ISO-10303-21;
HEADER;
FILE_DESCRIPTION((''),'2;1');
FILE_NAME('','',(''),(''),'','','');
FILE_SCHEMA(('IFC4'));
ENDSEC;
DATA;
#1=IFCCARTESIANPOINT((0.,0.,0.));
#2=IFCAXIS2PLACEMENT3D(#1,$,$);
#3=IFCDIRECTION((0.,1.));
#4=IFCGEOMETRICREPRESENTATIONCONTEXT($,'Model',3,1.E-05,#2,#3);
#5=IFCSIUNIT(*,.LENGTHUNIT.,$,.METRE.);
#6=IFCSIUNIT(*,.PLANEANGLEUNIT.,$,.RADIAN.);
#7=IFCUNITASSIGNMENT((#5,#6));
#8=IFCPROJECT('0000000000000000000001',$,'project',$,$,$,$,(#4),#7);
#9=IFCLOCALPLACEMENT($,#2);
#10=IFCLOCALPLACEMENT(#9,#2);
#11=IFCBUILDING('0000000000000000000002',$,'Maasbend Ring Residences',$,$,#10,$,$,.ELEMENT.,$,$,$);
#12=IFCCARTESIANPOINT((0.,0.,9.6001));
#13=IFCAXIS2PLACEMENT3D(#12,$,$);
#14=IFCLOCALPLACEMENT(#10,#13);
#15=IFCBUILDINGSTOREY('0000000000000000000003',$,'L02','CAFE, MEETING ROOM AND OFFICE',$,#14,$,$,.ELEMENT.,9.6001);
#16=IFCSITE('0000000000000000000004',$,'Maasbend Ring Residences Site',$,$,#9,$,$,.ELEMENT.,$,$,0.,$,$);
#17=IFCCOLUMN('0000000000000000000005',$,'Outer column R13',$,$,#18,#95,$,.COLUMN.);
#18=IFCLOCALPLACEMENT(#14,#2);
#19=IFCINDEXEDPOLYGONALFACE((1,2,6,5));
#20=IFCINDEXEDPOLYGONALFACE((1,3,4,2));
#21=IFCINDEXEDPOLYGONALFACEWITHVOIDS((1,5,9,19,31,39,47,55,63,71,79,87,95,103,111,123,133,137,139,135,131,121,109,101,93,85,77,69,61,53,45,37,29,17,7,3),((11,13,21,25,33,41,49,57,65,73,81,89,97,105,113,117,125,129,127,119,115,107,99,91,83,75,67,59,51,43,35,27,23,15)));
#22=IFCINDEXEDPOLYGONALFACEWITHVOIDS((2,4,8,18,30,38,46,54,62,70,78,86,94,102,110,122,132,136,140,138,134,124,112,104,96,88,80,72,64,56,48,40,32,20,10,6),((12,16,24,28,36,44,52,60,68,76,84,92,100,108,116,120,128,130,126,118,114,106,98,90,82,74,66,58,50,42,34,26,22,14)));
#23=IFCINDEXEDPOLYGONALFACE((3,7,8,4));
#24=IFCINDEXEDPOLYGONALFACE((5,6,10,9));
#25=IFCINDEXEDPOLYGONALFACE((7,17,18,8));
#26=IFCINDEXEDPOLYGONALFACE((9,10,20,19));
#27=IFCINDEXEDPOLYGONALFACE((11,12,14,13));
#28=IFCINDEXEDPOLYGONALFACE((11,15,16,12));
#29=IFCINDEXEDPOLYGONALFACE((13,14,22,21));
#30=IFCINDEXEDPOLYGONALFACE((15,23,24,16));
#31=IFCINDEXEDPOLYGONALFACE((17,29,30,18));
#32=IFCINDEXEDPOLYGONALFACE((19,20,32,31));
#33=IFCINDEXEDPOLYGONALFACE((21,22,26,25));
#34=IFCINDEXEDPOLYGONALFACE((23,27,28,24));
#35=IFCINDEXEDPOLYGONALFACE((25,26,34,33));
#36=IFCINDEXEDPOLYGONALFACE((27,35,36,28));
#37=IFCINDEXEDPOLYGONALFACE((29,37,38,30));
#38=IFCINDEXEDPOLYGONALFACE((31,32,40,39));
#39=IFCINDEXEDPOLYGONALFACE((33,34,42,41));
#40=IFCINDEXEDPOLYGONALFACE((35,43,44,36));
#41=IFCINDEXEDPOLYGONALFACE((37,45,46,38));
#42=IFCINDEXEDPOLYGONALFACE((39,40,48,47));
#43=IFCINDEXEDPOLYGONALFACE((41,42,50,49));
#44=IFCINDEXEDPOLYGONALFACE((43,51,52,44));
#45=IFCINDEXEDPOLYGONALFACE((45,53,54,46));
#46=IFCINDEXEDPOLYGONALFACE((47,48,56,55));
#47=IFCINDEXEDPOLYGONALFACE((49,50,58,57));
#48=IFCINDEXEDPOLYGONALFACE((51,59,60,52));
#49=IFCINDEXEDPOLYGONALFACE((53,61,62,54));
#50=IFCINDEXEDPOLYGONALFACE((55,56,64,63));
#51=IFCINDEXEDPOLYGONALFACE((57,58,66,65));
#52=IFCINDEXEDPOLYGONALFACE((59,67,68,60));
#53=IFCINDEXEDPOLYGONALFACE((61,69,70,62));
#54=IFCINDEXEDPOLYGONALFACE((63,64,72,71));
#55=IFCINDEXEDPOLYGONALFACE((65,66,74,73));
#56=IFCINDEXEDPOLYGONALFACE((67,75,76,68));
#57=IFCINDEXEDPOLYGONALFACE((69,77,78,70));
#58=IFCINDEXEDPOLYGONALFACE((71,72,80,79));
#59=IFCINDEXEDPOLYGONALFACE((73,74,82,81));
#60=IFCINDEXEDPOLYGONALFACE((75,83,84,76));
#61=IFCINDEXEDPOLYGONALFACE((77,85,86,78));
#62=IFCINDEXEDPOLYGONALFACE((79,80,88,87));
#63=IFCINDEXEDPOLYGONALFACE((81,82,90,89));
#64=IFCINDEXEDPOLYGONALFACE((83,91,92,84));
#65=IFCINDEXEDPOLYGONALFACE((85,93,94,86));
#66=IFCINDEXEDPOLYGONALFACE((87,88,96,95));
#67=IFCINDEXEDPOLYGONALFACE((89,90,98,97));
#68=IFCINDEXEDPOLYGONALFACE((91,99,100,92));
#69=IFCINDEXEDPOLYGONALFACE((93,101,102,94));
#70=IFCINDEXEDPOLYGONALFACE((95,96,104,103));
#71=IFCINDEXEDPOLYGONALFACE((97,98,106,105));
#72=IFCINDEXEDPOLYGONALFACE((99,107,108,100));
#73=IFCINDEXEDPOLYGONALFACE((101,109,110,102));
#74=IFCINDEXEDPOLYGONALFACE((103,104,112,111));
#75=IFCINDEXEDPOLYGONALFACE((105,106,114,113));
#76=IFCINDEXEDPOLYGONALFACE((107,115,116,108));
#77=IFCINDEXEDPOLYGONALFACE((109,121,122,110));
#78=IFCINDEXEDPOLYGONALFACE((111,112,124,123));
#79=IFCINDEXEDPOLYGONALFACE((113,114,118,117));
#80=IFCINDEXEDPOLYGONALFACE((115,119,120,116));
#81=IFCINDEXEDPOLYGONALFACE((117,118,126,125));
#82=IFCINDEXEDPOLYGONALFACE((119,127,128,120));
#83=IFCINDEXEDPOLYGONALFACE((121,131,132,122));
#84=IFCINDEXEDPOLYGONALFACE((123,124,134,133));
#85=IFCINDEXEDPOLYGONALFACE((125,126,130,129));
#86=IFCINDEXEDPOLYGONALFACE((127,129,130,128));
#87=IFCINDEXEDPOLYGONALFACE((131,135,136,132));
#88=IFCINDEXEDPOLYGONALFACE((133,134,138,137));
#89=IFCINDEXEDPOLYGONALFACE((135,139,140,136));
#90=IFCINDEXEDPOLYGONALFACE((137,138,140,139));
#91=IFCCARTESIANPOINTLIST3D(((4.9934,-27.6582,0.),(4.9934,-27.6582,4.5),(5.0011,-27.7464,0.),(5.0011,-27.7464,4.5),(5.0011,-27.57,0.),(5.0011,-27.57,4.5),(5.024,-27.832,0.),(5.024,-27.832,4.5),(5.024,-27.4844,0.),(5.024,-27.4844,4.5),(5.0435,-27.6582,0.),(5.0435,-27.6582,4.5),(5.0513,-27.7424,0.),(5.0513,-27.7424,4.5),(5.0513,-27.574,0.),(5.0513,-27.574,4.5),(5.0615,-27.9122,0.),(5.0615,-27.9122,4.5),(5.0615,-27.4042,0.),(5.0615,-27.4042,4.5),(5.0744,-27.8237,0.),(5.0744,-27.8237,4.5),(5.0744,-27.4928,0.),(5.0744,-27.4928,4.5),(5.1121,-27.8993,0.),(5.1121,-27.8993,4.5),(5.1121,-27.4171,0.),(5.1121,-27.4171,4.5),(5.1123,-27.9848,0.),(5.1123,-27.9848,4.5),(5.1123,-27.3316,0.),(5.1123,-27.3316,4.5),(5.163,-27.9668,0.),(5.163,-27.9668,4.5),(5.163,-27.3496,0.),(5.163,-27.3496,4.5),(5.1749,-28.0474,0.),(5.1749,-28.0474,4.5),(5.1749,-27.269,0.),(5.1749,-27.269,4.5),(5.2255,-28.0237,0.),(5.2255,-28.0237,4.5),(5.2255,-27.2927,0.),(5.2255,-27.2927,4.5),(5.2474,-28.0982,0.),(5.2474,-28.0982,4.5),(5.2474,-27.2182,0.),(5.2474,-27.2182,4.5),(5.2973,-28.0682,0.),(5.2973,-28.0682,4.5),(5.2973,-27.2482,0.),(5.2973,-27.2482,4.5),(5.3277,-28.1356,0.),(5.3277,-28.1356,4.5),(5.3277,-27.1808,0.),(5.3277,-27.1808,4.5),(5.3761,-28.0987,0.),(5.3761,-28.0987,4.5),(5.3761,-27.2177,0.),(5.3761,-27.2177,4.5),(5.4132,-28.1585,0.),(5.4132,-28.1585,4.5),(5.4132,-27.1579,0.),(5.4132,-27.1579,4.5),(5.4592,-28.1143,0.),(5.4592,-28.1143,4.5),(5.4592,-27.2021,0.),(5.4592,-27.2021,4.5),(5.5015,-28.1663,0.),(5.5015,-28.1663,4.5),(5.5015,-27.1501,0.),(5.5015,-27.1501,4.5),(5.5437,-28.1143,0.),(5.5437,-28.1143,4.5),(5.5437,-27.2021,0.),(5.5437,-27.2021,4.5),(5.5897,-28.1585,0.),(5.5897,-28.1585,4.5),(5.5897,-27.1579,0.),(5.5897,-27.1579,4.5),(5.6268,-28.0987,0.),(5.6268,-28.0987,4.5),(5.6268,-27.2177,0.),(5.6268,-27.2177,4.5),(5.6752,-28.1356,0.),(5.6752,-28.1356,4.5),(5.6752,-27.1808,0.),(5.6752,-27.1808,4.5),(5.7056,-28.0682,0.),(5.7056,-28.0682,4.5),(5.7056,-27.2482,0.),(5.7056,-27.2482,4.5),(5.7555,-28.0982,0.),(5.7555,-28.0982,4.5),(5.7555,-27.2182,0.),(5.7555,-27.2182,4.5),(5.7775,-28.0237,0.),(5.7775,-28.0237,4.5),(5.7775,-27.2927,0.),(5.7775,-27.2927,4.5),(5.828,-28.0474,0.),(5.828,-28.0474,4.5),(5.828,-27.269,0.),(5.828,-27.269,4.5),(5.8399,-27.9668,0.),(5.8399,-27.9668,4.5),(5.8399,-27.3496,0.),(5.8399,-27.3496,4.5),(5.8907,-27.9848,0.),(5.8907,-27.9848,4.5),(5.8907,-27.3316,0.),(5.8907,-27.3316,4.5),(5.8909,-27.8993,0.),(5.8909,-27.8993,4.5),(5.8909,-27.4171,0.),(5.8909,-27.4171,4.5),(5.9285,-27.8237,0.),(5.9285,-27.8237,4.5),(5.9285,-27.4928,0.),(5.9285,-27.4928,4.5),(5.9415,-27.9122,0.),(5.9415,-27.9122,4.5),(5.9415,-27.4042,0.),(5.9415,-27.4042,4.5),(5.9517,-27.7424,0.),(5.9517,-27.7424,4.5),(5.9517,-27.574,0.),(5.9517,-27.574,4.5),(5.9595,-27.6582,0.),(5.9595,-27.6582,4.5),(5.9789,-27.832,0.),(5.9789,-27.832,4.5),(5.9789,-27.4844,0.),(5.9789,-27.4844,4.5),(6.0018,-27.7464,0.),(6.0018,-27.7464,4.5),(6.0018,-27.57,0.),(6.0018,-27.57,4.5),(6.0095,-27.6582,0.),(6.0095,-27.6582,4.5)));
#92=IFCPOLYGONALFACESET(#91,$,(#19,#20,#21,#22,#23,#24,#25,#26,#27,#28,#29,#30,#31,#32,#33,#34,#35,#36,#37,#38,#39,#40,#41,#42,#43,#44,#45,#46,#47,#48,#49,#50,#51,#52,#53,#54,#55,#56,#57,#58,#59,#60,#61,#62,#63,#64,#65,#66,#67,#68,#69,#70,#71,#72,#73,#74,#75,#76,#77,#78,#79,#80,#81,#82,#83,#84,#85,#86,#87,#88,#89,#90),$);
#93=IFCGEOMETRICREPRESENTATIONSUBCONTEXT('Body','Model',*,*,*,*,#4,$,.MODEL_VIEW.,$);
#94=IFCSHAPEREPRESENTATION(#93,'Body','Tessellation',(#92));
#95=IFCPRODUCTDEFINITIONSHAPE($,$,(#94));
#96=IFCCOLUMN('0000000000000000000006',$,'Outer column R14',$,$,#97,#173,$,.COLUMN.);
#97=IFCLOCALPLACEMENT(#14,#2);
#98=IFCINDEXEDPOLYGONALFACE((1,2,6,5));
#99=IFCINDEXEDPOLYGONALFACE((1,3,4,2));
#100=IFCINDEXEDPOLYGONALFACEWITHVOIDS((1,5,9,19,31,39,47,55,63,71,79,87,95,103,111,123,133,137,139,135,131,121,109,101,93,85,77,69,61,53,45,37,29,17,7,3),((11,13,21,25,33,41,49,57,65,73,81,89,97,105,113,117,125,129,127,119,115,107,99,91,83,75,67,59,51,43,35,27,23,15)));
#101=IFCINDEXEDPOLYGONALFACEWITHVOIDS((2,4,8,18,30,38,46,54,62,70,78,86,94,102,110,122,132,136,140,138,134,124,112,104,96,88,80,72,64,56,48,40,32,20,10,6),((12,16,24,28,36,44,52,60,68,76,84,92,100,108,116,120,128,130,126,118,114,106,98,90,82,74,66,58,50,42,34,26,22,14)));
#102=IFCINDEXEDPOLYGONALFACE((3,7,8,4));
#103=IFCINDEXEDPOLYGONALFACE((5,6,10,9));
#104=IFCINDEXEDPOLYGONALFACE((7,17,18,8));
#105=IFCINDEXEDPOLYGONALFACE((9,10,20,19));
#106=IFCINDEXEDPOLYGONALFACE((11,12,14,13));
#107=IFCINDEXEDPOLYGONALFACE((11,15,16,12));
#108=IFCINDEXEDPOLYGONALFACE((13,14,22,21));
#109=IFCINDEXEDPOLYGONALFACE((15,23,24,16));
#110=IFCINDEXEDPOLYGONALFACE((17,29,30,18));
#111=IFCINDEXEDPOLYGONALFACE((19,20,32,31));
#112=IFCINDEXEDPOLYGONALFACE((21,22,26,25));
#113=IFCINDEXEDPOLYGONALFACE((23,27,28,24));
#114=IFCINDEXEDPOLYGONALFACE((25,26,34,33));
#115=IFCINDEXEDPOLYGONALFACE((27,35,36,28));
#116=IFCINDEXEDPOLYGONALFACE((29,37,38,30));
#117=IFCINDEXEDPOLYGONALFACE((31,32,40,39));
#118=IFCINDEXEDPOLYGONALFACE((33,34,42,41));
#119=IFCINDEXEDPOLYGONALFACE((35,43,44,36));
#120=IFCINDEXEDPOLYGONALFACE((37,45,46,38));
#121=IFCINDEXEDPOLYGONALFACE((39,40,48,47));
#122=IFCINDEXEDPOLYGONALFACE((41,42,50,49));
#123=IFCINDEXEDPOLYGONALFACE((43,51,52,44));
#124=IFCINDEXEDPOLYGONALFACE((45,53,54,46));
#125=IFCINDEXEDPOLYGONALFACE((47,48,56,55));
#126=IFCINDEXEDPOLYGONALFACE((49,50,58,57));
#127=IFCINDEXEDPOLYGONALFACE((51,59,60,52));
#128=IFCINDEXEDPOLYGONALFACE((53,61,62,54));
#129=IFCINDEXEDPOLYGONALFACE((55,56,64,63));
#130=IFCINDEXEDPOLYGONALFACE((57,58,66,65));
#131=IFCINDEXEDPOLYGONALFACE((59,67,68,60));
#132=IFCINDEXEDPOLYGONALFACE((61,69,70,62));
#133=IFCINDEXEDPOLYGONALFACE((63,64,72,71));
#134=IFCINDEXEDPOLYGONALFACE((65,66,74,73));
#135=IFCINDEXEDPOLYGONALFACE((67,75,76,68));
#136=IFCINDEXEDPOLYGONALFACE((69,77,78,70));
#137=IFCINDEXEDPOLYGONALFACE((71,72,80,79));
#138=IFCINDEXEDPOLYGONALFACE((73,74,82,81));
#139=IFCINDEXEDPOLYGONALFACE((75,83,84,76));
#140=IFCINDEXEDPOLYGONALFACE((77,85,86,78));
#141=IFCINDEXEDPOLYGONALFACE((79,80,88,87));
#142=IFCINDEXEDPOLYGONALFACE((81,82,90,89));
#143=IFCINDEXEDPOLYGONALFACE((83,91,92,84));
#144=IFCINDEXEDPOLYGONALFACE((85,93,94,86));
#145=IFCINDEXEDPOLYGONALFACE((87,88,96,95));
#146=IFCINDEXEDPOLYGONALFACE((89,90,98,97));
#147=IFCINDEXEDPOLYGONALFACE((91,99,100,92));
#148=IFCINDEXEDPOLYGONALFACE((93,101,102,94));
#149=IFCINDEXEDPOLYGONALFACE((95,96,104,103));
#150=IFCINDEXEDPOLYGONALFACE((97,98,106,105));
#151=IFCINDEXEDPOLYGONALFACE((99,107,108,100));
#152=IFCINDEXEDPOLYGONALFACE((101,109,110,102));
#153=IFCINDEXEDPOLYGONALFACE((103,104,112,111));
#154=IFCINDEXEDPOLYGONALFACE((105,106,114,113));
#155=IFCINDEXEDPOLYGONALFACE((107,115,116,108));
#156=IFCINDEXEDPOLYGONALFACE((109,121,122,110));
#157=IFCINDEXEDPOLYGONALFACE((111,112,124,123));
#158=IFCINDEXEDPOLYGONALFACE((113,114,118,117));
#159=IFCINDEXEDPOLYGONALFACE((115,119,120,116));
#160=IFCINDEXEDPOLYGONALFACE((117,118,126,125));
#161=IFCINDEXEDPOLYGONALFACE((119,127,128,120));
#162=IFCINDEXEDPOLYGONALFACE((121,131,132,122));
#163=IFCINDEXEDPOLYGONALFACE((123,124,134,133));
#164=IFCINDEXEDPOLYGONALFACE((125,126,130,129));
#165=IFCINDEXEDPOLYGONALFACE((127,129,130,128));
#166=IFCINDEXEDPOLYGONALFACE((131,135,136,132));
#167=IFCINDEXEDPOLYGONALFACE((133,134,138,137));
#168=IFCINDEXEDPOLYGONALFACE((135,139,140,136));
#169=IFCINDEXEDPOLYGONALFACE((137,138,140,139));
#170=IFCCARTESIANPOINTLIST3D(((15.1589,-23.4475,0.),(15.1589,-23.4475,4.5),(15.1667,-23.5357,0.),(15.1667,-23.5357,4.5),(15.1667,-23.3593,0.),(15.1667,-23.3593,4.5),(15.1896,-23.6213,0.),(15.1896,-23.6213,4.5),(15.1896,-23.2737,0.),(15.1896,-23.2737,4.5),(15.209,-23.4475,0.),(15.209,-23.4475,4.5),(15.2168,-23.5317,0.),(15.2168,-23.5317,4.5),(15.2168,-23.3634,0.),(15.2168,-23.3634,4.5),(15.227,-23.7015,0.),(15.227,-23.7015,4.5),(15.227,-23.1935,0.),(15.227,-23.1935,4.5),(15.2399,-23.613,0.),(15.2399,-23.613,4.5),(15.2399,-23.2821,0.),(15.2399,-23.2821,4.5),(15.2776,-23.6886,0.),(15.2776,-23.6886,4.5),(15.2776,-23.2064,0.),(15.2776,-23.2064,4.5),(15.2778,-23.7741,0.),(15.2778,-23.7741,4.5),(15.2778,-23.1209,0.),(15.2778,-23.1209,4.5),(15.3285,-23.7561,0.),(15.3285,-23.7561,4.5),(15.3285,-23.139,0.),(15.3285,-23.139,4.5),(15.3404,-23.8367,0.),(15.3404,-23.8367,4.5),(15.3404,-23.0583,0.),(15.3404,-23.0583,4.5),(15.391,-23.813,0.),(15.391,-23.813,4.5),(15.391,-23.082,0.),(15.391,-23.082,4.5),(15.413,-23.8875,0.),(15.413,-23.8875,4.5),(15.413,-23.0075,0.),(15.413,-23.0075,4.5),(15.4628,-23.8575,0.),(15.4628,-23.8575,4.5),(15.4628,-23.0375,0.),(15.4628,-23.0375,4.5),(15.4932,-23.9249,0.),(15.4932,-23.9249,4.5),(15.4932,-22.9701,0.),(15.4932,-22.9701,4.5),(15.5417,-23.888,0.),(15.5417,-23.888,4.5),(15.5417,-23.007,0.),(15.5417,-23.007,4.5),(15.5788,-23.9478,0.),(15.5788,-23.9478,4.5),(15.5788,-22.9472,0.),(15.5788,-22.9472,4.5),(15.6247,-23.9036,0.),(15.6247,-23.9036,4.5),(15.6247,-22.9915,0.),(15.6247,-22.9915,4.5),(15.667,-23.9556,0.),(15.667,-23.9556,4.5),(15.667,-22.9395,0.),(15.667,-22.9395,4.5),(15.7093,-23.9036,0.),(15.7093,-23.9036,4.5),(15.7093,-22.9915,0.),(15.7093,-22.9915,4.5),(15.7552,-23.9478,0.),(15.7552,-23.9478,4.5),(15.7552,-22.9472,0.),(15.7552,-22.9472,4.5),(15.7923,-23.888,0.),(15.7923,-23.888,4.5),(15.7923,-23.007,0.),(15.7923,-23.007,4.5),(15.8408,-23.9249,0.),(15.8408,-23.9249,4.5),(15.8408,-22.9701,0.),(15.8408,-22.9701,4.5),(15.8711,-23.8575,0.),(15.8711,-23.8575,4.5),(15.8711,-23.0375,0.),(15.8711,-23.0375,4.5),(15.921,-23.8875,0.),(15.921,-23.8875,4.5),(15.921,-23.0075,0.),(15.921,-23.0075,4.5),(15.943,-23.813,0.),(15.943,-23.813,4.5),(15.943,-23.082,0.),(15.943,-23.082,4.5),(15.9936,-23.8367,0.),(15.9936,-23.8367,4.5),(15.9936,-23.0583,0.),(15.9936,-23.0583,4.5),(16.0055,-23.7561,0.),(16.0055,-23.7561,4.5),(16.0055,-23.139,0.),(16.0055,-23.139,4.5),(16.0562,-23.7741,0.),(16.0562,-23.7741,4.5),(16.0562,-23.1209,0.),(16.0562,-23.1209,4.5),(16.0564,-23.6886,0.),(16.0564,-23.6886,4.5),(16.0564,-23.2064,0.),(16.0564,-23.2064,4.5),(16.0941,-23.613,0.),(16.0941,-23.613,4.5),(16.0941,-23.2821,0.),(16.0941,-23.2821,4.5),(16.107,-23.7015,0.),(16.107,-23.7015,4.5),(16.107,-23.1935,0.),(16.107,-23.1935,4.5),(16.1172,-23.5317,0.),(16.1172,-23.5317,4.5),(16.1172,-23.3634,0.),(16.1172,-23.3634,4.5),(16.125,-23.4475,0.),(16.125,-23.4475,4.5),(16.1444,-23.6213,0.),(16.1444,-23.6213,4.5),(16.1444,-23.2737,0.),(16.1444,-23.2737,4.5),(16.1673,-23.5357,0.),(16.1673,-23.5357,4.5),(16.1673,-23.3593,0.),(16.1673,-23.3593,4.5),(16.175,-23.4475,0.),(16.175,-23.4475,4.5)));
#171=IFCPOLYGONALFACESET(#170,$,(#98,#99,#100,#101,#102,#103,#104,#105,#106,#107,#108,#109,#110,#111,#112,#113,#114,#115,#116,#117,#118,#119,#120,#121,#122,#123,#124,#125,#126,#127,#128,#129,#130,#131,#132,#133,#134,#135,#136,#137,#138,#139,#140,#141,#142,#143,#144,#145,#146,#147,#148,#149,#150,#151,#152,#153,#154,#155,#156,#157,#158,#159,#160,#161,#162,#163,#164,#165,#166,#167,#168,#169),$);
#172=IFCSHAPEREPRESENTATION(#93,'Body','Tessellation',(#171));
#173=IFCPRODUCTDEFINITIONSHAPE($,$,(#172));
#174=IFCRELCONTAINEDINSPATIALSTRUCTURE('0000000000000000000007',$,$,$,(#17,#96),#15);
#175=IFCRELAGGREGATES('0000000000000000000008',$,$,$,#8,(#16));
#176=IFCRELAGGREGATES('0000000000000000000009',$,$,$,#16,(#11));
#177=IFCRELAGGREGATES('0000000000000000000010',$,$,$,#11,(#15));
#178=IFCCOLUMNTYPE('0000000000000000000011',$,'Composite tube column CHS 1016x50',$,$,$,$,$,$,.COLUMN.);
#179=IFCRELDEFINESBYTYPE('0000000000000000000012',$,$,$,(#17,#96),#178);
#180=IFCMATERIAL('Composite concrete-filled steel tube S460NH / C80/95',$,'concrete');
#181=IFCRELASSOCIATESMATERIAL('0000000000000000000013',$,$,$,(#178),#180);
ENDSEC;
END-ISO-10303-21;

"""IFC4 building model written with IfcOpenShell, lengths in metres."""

from ifc_helpers import new_model, si_unit, direction, frame, origin, origin_2d, place, context, subcontext, project, spatial, hollow_circle, extrude, material, material_profile, profile_set, type_object, element, save


model = new_model("IFC4")

# Units and contexts
model_context = context("Model", 3, precision=1e-05, world=origin(), true_north=direction((0.0, 1.0)))
body_context = subcontext(model_context, "Body", "Model", "MODEL_VIEW")
ifc_project = project(units=[si_unit("LENGTHUNIT", "METRE"), si_unit("PLANEANGLEUNIT", "RADIAN")], contexts=[model_context])

# Site, building, storey
site_placement = place(None, origin())
site = spatial("IfcSite", under=ifc_project, at=site_placement, Name="Maasbend Ring Residences Site", CompositionType="ELEMENT", RefElevation=0.0)
building_placement = place(site_placement, origin())
building = spatial("IfcBuilding", under=site, at=building_placement, Name="Maasbend Ring Residences", CompositionType="ELEMENT")
storey_placement = place(building_placement, frame((0.0, 0.0, 9.6001)))
storey = spatial("IfcBuildingStorey", under=building, at=storey_placement, Name="L02", Description="CAFE, MEETING ROOM AND OFFICE", CompositionType="ELEMENT", Elevation=9.6001)

# Columns
ifc_material_1 = material(Name="Composite concrete-filled steel tube S460NH / C80/95", Category="concrete")
ifc_material_profile_1 = material_profile(ifc_material_1, hollow_circle(Radius=0.5081, WallThickness=0.05, at=origin_2d()), Name="Composite tube column CHS 1016x50")
ifc_profile_set_1 = profile_set([ifc_material_profile_1], Name="Composite concrete-filled steel tube S460NH / C80/95")
column_type_1 = type_object("IfcColumnType", Name="Composite tube column CHS 1016x50", PredefinedType="COLUMN", material=ifc_profile_set_1)
for number, where, z_axis, x_axis, name in (
    (1, (5.5015, -27.6582, 0.0), (0.0, 0.0, 1.0), (1.0, 0.0, 0.0), "Outer column R13"),
    (2, (15.667, -23.4475, 0.0), (0.0, 0.0, 1.0), (1.0, 0.0, 0.0), "Outer column R14"),
):
    element("IfcColumn", number, at=place(storey_placement, frame(where, z_axis=z_axis, x_axis=x_axis)), inside=storey, type_object=column_type_1, Name=name, PredefinedType="COLUMN", context=body_context, shape_type="SweptSolid", body=[
        extrude(hollow_circle(Radius=0.5081, WallThickness=0.05, at=origin_2d()), origin(), (0.0, 0.0, 1.0), 4.5),
    ])

save(model, "model.ifc")
